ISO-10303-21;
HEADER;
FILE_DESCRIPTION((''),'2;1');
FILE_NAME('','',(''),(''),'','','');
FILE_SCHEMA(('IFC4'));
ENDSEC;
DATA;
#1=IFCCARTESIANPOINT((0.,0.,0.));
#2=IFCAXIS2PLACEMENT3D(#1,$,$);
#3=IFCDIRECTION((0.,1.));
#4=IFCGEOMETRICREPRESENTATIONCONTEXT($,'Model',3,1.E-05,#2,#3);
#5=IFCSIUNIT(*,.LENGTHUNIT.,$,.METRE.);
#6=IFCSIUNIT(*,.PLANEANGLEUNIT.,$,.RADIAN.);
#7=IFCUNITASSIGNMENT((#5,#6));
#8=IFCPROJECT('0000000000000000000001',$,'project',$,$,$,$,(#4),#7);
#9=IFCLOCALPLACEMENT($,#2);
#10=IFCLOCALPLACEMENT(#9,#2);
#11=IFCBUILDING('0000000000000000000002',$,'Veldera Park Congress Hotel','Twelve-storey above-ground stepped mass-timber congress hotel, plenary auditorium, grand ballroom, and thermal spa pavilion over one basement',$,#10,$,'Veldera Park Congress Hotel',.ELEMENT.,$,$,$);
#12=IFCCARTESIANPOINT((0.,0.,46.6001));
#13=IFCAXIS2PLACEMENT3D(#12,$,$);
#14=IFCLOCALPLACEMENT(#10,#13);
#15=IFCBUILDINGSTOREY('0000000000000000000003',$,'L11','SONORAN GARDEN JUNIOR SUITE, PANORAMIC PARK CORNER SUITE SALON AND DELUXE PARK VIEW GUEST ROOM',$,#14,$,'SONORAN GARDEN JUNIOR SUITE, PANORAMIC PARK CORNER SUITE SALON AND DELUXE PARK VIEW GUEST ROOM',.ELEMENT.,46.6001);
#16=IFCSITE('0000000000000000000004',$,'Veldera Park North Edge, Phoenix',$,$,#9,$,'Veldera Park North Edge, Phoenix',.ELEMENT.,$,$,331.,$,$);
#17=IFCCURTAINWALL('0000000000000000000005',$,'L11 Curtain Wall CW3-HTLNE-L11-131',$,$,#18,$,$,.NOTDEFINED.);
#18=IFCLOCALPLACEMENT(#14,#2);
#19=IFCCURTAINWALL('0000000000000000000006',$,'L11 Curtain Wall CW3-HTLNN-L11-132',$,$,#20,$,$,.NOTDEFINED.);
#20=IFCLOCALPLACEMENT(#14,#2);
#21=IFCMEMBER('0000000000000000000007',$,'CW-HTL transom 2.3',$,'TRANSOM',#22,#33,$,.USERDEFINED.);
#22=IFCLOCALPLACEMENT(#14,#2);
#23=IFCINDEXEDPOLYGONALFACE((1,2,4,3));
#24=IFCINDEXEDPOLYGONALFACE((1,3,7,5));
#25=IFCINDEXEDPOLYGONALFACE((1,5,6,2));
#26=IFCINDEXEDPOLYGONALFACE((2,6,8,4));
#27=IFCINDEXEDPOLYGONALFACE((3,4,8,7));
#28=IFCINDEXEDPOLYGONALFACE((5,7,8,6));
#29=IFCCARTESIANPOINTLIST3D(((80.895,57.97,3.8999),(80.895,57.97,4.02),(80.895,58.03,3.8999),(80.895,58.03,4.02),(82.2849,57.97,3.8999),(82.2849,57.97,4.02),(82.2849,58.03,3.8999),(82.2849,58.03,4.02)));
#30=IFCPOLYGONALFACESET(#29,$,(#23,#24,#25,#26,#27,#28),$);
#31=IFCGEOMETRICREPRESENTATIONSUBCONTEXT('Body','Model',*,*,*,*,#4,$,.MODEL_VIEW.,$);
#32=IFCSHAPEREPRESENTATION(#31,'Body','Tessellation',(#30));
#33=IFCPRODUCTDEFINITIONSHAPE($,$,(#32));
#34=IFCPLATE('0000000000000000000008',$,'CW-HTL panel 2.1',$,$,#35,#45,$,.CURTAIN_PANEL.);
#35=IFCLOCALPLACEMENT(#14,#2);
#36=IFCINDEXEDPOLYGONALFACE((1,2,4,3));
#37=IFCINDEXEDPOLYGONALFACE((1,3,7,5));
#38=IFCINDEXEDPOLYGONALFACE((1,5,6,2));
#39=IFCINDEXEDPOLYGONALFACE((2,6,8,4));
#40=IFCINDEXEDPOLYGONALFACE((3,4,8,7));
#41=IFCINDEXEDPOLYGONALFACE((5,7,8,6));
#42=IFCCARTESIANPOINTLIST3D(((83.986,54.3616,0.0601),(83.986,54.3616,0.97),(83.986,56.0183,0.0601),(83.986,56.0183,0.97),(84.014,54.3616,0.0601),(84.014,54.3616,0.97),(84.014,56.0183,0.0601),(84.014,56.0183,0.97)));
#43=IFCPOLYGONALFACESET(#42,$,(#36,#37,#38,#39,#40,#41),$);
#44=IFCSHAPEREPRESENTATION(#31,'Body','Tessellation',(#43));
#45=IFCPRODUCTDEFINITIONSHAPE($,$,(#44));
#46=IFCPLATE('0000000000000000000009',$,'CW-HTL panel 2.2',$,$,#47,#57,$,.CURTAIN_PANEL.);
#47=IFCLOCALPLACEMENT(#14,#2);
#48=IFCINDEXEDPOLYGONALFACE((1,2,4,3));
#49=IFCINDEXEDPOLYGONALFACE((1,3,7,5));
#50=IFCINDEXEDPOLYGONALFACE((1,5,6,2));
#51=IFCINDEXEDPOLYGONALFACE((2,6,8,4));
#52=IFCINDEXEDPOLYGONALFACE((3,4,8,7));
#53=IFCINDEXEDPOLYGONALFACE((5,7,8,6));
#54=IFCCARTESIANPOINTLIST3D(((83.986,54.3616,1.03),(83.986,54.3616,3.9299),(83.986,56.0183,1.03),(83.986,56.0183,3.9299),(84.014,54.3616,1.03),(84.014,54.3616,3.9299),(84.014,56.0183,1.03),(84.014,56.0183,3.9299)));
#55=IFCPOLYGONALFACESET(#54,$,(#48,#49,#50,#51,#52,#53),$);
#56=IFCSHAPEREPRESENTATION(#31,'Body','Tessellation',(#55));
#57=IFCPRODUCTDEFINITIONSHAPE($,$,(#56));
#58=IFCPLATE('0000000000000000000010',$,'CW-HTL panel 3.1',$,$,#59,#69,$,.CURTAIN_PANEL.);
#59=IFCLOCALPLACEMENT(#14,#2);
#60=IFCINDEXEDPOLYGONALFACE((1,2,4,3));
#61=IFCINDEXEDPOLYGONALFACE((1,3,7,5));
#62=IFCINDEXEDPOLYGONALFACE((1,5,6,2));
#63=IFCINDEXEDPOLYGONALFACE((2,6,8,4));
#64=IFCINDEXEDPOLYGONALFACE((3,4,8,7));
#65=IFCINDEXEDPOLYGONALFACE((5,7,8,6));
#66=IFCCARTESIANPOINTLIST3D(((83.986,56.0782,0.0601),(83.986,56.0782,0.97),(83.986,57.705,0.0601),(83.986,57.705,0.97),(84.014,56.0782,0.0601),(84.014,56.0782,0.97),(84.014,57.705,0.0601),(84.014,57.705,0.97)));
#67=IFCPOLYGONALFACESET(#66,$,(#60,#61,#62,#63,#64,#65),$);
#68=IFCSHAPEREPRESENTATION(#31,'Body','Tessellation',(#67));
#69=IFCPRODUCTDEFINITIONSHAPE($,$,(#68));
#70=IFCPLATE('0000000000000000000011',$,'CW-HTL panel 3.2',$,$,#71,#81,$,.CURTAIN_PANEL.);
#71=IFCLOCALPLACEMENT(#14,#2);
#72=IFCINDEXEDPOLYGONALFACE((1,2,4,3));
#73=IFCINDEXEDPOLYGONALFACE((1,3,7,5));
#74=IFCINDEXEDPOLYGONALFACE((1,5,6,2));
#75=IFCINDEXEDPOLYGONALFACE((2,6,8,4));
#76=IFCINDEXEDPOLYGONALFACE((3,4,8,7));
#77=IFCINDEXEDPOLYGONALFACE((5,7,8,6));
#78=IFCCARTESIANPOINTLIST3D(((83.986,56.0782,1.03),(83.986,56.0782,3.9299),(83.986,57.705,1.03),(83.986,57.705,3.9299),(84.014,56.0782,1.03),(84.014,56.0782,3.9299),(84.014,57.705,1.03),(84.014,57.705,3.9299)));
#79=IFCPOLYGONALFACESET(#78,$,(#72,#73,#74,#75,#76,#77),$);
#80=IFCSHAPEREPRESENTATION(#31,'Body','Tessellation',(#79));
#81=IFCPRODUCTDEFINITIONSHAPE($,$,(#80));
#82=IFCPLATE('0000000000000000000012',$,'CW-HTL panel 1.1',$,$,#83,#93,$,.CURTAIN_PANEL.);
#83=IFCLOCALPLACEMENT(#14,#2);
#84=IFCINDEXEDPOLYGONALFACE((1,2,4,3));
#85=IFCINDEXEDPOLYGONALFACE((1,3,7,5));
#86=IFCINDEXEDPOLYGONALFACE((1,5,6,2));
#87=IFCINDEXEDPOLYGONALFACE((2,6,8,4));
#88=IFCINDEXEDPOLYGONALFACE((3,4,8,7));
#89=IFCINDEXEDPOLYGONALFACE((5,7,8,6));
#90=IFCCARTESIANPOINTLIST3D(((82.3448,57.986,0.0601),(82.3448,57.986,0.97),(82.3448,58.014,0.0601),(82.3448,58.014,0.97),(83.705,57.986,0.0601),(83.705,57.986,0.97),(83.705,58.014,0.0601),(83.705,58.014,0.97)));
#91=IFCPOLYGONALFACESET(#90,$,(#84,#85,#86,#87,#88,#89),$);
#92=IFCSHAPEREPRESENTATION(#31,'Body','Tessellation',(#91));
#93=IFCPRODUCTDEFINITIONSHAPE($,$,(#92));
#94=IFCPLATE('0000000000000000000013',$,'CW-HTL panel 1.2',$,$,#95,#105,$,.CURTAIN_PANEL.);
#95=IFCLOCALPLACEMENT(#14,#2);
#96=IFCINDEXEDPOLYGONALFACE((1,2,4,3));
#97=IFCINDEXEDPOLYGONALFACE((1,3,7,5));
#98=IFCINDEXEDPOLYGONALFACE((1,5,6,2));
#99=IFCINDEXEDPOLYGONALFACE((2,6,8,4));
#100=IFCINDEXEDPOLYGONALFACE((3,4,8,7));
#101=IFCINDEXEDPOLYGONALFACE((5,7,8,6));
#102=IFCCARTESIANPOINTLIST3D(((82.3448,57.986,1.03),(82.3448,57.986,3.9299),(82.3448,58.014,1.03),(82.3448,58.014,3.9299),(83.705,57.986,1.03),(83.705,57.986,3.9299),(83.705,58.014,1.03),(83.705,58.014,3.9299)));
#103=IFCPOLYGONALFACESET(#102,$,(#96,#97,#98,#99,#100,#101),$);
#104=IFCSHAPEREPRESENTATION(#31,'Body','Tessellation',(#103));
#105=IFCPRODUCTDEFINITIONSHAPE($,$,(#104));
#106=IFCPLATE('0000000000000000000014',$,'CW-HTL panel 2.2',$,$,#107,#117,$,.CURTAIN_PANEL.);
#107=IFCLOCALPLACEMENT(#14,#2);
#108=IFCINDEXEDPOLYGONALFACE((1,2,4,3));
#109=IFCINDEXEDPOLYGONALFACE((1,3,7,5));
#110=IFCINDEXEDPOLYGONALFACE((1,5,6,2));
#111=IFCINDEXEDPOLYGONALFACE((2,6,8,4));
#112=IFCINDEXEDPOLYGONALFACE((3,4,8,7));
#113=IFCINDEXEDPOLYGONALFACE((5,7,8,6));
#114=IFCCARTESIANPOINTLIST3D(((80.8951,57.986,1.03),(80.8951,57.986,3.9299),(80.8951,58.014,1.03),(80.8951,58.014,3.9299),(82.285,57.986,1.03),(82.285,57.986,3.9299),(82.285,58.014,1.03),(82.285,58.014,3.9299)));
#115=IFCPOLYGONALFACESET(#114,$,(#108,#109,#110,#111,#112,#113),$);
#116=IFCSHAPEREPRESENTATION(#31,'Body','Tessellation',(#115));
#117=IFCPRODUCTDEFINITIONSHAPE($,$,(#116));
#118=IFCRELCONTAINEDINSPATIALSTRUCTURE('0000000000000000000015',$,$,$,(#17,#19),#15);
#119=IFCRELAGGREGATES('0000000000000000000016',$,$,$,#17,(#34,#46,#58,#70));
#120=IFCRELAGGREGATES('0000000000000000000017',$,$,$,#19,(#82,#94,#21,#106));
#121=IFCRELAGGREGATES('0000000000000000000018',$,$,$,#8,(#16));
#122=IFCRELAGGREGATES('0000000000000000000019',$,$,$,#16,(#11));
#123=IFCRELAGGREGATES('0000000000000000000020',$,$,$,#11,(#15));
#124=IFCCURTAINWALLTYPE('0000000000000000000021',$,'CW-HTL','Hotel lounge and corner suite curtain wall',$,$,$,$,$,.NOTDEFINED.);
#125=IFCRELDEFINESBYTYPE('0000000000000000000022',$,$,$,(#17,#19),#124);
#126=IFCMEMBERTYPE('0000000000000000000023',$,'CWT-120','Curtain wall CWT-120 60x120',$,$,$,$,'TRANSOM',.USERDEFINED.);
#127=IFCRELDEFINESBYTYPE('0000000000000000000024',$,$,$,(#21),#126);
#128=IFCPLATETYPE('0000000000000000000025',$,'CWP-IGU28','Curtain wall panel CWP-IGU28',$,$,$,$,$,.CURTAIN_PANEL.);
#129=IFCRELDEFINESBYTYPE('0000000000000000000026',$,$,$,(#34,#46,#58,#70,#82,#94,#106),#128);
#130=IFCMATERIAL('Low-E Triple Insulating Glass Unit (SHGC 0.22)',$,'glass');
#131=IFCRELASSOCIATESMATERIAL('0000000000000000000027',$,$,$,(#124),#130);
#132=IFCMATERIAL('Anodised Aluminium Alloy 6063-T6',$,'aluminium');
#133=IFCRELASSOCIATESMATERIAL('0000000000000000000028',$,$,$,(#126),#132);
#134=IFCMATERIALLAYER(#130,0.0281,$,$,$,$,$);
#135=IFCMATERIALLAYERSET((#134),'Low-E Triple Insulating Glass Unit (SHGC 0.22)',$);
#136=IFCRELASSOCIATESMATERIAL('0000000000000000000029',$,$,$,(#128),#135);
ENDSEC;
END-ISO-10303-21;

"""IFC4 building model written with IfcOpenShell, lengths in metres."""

from ifc_helpers import new_model, si_unit, direction, frame, origin, origin_2d, place, context, subcontext, project, spatial, rectangle, extrude, material, layer, layer_set, material_profile, profile_set, type_object, element, aggregate, save


model = new_model("IFC4")

# Units and contexts
model_context = context("Model", 3, precision=1e-05, world=origin(), true_north=direction((0.0, 1.0)))
body_context = subcontext(model_context, "Body", "Model", "MODEL_VIEW")
ifc_project = project(units=[si_unit("LENGTHUNIT", "METRE"), si_unit("PLANEANGLEUNIT", "RADIAN")], contexts=[model_context])

# Site, building, storey
site_placement = place(None, origin())
site = spatial("IfcSite", under=ifc_project, at=site_placement, Name="Veldera Park North Edge, Phoenix", LongName="Veldera Park North Edge, Phoenix", CompositionType="ELEMENT", RefElevation=331.0)
building_placement = place(site_placement, origin())
building = spatial("IfcBuilding", under=site, at=building_placement, Name="Veldera Park Congress Hotel", Description="Twelve-storey above-ground stepped mass-timber congress hotel, plenary auditorium, grand ballroom, and thermal spa pavilion over one basement", LongName="Veldera Park Congress Hotel", CompositionType="ELEMENT")
storey_placement = place(building_placement, frame((0.0, 0.0, 46.6001)))
storey = spatial("IfcBuildingStorey", under=building, at=storey_placement, Name="L11", Description="SONORAN GARDEN JUNIOR SUITE, PANORAMIC PARK CORNER SUITE SALON AND DELUXE PARK VIEW GUEST ROOM", LongName="SONORAN GARDEN JUNIOR SUITE, PANORAMIC PARK CORNER SUITE SALON AND DELUXE PARK VIEW GUEST ROOM", CompositionType="ELEMENT", Elevation=46.6001)

# Curtain walls
ifc_material_1 = material(Name="Low-E Triple Insulating Glass Unit (SHGC 0.22)", Category="glass")
curtain_wall_type = type_object("IfcCurtainWallType", Name="CW-HTL", Description="Hotel lounge and corner suite curtain wall", PredefinedType="NOTDEFINED", material=ifc_material_1)
curtain_wall_1_placement = place(storey_placement, origin())
curtain_wall_1 = element("IfcCurtainWall", 1, at=curtain_wall_1_placement, inside=storey, type_object=curtain_wall_type, Name="L11 Curtain Wall CW3-HTLNE-L11-131", PredefinedType="NOTDEFINED")
ifc_material_2 = material(Name="Anodised Aluminium Alloy 6063-T6", Category="aluminium")
curtain_wall_2_placement = place(storey_placement, origin())
curtain_wall_2 = element("IfcCurtainWall", 2, at=curtain_wall_2_placement, inside=storey, type_object=curtain_wall_type, Name="L11 Curtain Wall CW3-HTLNN-L11-132", PredefinedType="NOTDEFINED")

# Member
ifc_material_profile_1 = material_profile(ifc_material_2, rectangle(XDim=0.0601, YDim=0.1201, at=origin_2d()), Name="ALU 60x120")
ifc_profile_set_1 = profile_set([ifc_material_profile_1], Name="Anodised Aluminium Alloy 6063-T6")
member_type_1 = type_object("IfcMemberType", Name="CWT-120", Description="Curtain wall CWT-120 60x120", ElementType="TRANSOM", PredefinedType="USERDEFINED", material=ifc_profile_set_1)
member_1_placement = place(storey_placement, frame((82.2849, 58.0, 3.96), z_axis=(-1.0, 0.0, 0.0), x_axis=(0.0, -1.0, 0.0)))
member_1 = element("IfcMember", 3, at=member_1_placement, type_object=member_type_1, Name="CW-HTL transom 2.3", ObjectType="TRANSOM", PredefinedType="USERDEFINED", context=body_context, shape_type="SweptSolid", body=[
    extrude(rectangle(XDim=0.0601, YDim=0.1201, at=origin_2d()), origin(), (0.0, 0.0, 1.0), 1.3899),
])

# Plates
ifc_layer = layer(ifc_material_1, 0.0281)
ifc_layer_set = layer_set([ifc_layer], Name="Low-E Triple Insulating Glass Unit (SHGC 0.22)")
plate_type = type_object("IfcPlateType", Name="CWP-IGU28", Description="Curtain wall panel CWP-IGU28", PredefinedType="CURTAIN_PANEL", material=ifc_layer_set)
plate_1_placement = place(storey_placement, frame((84.0, 55.1899, 0.0601), z_axis=(0.0, 0.0, 1.0), x_axis=(0.0, 1.0, 0.0)))
plate_1 = element("IfcPlate", 4, at=plate_1_placement, type_object=plate_type, Name="CW-HTL panel 2.1", PredefinedType="CURTAIN_PANEL", context=body_context, shape_type="SweptSolid", body=[
    extrude(rectangle(XDim=1.6567, YDim=0.0281, at=origin_2d()), origin(), (0.0, 0.0, 1.0), 0.9099),
])
plate_2_placement = place(storey_placement, frame((84.0, 55.1899, 1.03), z_axis=(0.0, 0.0, 1.0), x_axis=(0.0, 1.0, 0.0)))
plate_2 = element("IfcPlate", 5, at=plate_2_placement, type_object=plate_type, Name="CW-HTL panel 2.2", PredefinedType="CURTAIN_PANEL", context=body_context, shape_type="SweptSolid", body=[
    extrude(rectangle(XDim=1.6567, YDim=0.0281, at=origin_2d()), origin(), (0.0, 0.0, 1.0), 2.8999),
])
plate_3_placement = place(storey_placement, frame((84.0, 56.8916, 0.0601), z_axis=(0.0, 0.0, 1.0), x_axis=(0.0, 1.0, 0.0)))
plate_3 = element("IfcPlate", 6, at=plate_3_placement, type_object=plate_type, Name="CW-HTL panel 3.1", PredefinedType="CURTAIN_PANEL", context=body_context, shape_type="SweptSolid", body=[
    extrude(rectangle(XDim=1.6267, YDim=0.0281, at=origin_2d()), origin(), (0.0, 0.0, 1.0), 0.9099),
])
plate_4_placement = place(storey_placement, frame((84.0, 56.8916, 1.03), z_axis=(0.0, 0.0, 1.0), x_axis=(0.0, 1.0, 0.0)))
plate_4 = element("IfcPlate", 7, at=plate_4_placement, type_object=plate_type, Name="CW-HTL panel 3.2", PredefinedType="CURTAIN_PANEL", context=body_context, shape_type="SweptSolid", body=[
    extrude(rectangle(XDim=1.6267, YDim=0.0281, at=origin_2d()), origin(), (0.0, 0.0, 1.0), 2.8999),
])
aggregate(curtain_wall_1, [plate_1, plate_2, plate_3, plate_4])
plate_5_placement = place(storey_placement, frame((83.0249, 58.0, 0.0601), z_axis=(0.0, 0.0, 1.0), x_axis=(-1.0, 0.0, 0.0)))
plate_5 = element("IfcPlate", 8, at=plate_5_placement, type_object=plate_type, Name="CW-HTL panel 1.1", PredefinedType="CURTAIN_PANEL", context=body_context, shape_type="SweptSolid", body=[
    extrude(rectangle(XDim=1.3601, YDim=0.0281, at=origin_2d()), origin(), (0.0, 0.0, 1.0), 0.9099),
])
plate_6_placement = place(storey_placement, frame((83.0249, 58.0, 1.03), z_axis=(0.0, 0.0, 1.0), x_axis=(-1.0, 0.0, 0.0)))
plate_6 = element("IfcPlate", 9, at=plate_6_placement, type_object=plate_type, Name="CW-HTL panel 1.2", PredefinedType="CURTAIN_PANEL", context=body_context, shape_type="SweptSolid", body=[
    extrude(rectangle(XDim=1.3601, YDim=0.0281, at=origin_2d()), origin(), (0.0, 0.0, 1.0), 2.8999),
])
plate_7_placement = place(storey_placement, frame((81.5901, 58.0, 1.03), z_axis=(0.0, 0.0, 1.0), x_axis=(-1.0, 0.0, 0.0)))
plate_7 = element("IfcPlate", 10, at=plate_7_placement, type_object=plate_type, Name="CW-HTL panel 2.2", PredefinedType="CURTAIN_PANEL", context=body_context, shape_type="SweptSolid", body=[
    extrude(rectangle(XDim=1.3899, YDim=0.0281, at=origin_2d()), origin(), (0.0, 0.0, 1.0), 2.8999),
])
aggregate(curtain_wall_2, [plate_5, plate_6, member_1, plate_7])

save(model, "model.ifc")
